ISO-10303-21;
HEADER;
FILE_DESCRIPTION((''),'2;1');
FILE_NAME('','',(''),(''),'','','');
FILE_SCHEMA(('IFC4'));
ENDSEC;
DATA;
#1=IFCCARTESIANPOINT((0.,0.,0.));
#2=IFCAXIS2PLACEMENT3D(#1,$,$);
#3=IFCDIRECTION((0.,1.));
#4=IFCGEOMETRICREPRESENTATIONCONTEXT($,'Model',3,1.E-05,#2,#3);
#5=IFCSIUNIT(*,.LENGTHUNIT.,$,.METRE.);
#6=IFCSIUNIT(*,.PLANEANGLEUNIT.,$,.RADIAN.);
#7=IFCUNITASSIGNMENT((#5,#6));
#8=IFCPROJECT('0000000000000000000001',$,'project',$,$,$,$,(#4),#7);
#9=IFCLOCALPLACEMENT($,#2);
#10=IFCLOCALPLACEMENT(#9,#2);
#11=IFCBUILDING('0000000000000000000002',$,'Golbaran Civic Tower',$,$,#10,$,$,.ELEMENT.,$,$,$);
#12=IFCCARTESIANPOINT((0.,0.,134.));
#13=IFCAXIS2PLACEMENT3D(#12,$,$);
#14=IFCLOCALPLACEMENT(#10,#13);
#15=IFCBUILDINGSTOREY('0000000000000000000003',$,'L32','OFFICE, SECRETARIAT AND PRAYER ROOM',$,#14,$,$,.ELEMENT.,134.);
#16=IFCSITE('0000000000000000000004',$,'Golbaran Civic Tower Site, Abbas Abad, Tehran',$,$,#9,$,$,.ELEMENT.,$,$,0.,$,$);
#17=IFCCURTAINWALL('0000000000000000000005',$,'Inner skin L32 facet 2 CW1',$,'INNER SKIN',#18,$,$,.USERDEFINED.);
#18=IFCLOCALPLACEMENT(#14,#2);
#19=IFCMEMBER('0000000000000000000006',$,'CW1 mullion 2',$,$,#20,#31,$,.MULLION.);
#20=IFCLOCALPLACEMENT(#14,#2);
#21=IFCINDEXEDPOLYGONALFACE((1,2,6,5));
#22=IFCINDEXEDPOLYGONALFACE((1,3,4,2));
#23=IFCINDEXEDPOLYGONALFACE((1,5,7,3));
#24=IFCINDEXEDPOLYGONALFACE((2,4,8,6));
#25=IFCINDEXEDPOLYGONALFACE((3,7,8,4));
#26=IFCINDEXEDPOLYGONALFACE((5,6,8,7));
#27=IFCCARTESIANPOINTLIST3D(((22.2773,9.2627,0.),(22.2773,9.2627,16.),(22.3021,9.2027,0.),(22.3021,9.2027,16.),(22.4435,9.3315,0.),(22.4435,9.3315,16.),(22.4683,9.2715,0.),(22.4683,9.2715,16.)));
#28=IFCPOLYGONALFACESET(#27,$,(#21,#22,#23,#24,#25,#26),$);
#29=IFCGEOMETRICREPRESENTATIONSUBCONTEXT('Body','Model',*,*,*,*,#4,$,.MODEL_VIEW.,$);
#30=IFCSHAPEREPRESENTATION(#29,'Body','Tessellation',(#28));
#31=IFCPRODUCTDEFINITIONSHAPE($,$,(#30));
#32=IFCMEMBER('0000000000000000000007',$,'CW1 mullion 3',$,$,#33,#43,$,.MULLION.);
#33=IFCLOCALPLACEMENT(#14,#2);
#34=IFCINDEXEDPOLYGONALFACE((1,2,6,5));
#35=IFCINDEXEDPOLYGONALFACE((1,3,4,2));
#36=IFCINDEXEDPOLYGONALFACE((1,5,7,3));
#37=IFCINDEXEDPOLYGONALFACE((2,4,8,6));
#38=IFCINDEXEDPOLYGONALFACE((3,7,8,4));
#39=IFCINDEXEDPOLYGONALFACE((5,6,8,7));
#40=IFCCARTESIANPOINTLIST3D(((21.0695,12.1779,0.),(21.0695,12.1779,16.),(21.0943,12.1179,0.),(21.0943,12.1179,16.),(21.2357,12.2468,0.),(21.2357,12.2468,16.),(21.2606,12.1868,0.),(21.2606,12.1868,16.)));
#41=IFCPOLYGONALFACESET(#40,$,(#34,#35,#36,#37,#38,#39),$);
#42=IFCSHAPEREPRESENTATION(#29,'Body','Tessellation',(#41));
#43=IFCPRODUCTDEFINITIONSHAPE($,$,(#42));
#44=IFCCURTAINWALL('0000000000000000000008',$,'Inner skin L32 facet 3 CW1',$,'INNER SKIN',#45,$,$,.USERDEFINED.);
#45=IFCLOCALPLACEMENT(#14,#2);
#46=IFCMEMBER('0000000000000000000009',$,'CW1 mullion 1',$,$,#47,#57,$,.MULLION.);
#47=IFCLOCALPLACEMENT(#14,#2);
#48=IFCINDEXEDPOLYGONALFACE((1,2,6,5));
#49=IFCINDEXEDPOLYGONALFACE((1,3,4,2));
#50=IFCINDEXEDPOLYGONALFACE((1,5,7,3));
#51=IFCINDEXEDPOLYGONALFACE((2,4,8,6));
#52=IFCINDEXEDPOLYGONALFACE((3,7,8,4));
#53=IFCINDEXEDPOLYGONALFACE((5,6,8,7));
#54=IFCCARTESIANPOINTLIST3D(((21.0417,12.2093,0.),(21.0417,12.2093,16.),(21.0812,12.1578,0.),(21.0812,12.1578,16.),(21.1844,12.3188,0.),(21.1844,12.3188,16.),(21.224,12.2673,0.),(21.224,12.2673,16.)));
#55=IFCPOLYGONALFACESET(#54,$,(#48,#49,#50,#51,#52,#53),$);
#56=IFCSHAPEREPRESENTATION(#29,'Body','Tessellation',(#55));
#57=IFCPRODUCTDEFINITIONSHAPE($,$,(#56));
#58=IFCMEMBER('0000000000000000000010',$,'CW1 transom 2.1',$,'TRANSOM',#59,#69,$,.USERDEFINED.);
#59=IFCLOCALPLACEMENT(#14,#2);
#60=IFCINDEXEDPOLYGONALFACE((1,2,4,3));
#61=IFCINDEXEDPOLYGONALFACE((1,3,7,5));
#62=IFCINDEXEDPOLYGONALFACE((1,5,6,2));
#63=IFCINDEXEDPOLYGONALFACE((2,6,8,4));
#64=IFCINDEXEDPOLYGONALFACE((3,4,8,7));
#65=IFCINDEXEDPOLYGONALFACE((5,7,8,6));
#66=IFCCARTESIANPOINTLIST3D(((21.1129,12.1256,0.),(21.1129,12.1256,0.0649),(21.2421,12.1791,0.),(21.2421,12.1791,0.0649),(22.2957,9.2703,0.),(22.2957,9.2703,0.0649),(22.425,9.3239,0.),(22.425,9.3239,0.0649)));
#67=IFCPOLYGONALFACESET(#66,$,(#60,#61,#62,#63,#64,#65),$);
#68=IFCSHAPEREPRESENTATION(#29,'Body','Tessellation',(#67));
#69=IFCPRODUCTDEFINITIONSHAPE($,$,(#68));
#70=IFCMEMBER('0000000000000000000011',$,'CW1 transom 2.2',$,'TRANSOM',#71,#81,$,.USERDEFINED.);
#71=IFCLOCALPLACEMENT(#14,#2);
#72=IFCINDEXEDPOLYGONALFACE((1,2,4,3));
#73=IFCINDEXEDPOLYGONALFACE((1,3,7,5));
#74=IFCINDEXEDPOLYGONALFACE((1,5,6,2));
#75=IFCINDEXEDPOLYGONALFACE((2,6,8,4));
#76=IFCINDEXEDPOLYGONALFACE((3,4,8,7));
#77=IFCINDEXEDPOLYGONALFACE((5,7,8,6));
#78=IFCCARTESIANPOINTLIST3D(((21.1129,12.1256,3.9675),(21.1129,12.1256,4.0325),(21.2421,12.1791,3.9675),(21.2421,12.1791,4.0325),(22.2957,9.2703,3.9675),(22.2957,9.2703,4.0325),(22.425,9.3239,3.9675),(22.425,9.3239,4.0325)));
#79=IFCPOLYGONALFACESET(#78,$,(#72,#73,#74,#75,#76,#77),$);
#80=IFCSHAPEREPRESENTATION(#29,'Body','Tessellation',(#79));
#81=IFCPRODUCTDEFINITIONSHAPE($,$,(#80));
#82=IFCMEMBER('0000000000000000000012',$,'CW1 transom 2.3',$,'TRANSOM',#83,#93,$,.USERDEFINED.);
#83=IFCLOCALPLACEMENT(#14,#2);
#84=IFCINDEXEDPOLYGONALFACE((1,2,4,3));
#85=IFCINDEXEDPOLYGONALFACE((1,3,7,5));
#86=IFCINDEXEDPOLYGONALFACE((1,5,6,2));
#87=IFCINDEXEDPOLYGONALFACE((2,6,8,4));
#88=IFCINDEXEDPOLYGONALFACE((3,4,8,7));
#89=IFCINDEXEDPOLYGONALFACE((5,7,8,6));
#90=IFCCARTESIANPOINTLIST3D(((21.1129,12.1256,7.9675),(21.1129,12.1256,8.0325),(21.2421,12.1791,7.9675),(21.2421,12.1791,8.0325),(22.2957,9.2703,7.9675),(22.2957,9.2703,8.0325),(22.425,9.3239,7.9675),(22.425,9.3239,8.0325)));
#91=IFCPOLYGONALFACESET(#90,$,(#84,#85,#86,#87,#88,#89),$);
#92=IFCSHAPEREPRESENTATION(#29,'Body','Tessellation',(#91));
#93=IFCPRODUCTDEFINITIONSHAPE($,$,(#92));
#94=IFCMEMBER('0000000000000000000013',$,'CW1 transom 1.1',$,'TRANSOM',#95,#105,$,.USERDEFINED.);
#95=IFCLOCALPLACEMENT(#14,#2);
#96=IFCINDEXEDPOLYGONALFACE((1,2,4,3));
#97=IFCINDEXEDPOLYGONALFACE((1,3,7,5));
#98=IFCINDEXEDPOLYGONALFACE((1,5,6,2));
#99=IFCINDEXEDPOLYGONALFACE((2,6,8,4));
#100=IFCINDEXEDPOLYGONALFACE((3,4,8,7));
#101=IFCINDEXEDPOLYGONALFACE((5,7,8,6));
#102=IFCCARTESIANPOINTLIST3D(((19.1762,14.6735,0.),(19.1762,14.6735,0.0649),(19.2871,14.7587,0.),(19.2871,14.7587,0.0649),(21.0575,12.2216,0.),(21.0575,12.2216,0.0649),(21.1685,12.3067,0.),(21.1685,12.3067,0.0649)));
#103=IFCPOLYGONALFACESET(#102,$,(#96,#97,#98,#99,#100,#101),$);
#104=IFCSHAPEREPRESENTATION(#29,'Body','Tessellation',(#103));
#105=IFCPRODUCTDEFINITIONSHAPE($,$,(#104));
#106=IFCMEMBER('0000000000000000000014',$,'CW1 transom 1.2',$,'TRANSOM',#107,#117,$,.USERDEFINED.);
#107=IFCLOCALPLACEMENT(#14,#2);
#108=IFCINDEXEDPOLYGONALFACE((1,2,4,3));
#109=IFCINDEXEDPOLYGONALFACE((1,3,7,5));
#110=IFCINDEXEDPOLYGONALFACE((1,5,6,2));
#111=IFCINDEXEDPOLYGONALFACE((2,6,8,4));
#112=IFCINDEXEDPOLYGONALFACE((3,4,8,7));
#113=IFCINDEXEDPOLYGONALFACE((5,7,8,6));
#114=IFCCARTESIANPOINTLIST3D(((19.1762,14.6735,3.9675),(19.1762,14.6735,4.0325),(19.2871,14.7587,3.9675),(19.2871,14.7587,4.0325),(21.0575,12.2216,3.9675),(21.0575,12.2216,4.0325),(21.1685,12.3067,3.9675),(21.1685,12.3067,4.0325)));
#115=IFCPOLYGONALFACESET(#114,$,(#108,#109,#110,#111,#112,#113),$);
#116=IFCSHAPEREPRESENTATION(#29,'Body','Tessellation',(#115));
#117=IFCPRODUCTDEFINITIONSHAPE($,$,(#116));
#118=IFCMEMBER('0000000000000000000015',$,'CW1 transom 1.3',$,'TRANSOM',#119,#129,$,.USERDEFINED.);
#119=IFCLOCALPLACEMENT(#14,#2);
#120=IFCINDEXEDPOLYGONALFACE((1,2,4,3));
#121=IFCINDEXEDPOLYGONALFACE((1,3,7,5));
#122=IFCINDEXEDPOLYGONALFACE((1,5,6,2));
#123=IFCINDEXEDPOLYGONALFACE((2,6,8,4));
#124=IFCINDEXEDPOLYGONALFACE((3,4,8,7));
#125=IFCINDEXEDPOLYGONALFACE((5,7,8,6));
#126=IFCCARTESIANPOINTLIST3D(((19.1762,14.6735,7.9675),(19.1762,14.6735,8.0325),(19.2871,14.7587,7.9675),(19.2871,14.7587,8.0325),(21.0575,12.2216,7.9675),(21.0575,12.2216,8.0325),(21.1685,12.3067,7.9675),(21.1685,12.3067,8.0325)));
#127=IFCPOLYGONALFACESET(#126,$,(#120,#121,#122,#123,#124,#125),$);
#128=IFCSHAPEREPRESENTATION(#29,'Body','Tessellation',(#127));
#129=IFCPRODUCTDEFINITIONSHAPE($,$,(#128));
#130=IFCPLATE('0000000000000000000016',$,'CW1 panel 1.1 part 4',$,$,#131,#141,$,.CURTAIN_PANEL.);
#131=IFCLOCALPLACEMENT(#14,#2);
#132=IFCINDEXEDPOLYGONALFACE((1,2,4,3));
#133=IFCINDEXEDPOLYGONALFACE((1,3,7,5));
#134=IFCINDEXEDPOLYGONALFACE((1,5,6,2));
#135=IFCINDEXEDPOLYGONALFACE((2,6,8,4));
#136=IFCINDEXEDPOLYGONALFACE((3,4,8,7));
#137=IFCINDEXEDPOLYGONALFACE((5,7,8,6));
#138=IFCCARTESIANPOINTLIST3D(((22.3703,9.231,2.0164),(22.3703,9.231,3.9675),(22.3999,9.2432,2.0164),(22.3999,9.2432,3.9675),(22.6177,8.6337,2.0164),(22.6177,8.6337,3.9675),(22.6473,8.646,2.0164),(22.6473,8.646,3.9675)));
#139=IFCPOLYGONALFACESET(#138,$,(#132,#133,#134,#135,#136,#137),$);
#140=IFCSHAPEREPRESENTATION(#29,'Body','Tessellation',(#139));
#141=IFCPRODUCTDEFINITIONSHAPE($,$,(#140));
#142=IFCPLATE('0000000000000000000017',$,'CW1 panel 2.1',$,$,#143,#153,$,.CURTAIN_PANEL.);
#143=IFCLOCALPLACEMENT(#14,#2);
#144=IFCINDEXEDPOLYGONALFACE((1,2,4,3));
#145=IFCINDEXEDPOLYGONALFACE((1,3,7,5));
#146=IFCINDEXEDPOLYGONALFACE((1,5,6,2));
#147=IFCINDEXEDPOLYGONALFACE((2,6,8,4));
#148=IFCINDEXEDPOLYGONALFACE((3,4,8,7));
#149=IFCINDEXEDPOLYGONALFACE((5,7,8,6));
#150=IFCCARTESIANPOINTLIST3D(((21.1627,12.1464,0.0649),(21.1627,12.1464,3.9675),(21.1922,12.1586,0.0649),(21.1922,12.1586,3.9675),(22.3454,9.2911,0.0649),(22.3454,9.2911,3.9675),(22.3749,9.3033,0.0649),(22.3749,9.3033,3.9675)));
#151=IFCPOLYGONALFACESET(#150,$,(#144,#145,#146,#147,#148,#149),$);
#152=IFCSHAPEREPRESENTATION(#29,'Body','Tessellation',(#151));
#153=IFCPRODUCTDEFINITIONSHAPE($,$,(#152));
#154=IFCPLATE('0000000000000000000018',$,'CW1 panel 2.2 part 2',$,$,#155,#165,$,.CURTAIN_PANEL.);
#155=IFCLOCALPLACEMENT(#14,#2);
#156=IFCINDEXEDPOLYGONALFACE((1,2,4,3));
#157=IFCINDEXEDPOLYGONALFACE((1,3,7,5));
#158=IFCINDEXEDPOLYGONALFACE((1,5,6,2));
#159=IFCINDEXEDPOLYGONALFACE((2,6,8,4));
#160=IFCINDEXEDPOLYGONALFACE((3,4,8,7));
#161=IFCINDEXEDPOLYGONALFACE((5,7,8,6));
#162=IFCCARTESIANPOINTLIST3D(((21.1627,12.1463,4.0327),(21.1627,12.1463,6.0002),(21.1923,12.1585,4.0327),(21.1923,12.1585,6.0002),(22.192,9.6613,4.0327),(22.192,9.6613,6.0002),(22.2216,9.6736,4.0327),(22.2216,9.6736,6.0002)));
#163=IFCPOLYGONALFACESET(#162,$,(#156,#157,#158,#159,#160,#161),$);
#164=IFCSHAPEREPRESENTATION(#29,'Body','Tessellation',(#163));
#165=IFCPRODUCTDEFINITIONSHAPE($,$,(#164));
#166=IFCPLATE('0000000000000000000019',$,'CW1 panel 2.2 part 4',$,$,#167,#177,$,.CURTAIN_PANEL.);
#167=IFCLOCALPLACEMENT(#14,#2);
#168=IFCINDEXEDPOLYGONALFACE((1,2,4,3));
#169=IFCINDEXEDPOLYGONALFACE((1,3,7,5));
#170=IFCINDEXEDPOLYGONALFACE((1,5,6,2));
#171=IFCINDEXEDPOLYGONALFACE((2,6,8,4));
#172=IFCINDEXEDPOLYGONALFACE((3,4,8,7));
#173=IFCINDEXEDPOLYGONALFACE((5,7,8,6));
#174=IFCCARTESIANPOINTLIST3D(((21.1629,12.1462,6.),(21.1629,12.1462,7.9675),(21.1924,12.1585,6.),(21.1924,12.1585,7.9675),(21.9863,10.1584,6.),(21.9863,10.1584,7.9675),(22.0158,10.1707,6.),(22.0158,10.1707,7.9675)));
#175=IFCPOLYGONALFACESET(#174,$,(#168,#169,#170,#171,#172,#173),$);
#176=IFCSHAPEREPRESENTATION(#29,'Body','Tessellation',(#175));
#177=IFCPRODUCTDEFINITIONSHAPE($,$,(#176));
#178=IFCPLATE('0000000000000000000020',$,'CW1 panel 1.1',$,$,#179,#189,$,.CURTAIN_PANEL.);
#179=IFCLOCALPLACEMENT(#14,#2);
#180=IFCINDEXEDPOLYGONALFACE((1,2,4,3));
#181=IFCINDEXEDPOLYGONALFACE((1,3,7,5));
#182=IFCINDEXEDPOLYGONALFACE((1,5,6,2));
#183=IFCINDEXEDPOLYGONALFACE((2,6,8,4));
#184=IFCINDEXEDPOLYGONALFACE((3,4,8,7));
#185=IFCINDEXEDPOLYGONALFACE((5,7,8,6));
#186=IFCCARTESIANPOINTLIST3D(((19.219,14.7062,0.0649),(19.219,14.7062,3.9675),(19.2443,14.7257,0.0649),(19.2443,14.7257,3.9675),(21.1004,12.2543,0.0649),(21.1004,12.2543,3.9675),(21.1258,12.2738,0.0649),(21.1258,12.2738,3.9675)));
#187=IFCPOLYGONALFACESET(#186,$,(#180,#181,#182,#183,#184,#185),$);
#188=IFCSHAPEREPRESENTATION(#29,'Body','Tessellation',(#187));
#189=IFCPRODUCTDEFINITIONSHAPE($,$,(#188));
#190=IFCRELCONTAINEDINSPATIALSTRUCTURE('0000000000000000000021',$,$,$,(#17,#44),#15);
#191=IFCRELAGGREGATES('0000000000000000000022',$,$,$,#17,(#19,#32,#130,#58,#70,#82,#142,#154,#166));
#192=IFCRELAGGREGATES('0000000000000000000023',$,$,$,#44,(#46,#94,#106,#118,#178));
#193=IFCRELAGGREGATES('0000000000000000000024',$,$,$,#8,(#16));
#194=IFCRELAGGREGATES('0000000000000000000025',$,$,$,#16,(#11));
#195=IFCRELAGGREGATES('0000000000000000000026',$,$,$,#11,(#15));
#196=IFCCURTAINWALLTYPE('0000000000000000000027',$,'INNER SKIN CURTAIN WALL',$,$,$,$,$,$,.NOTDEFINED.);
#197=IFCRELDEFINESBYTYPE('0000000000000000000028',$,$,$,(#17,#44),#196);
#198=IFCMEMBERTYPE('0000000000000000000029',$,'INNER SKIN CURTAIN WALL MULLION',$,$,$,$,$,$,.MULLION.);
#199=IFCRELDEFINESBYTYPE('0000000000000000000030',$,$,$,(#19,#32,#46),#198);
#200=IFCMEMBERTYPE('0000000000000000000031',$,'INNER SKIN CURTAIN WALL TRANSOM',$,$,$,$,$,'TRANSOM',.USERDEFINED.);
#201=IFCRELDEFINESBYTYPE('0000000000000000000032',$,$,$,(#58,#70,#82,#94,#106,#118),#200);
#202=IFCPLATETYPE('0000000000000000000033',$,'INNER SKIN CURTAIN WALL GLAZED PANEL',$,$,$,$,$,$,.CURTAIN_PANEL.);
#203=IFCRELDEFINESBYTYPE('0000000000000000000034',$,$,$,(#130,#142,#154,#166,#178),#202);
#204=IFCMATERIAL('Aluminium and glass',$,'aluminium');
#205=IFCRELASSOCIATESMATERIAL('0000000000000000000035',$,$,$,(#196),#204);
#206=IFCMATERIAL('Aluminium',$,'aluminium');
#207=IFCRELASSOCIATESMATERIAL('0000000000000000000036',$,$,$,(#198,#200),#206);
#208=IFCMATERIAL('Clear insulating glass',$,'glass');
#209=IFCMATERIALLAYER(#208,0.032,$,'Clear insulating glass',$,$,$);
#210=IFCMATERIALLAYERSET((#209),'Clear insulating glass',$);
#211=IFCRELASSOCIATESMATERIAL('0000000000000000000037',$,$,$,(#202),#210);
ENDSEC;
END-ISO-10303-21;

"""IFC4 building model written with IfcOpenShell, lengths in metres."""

from ifc_helpers import new_model, si_unit, direction, frame, origin, origin_2d, place, context, subcontext, project, spatial, rectangle, extrude, material, layer, layer_set, material_profile, profile_set, type_object, element, aggregate, save


model = new_model("IFC4")

# Units and contexts
model_context = context("Model", 3, precision=1e-05, world=origin(), true_north=direction((0.0, 1.0)))
body_context = subcontext(model_context, "Body", "Model", "MODEL_VIEW")
ifc_project = project(units=[si_unit("LENGTHUNIT", "METRE"), si_unit("PLANEANGLEUNIT", "RADIAN")], contexts=[model_context])

# Site, building, storey
site_placement = place(None, origin())
site = spatial("IfcSite", under=ifc_project, at=site_placement, Name="Golbaran Civic Tower Site, Abbas Abad, Tehran", CompositionType="ELEMENT", RefElevation=0.0)
building_placement = place(site_placement, origin())
building = spatial("IfcBuilding", under=site, at=building_placement, Name="Golbaran Civic Tower", CompositionType="ELEMENT")
storey_placement = place(building_placement, frame((0.0, 0.0, 134.0)))
storey = spatial("IfcBuildingStorey", under=building, at=storey_placement, Name="L32", Description="OFFICE, SECRETARIAT AND PRAYER ROOM", CompositionType="ELEMENT", Elevation=134.0)

# Curtain wall, members
ifc_material_1 = material(Name="Aluminium and glass", Category="aluminium")
curtain_wall_type_1 = type_object("IfcCurtainWallType", Name="INNER SKIN CURTAIN WALL", PredefinedType="NOTDEFINED", material=ifc_material_1)
curtain_wall_1_placement = place(storey_placement, origin())
curtain_wall_1 = element("IfcCurtainWall", 1, at=curtain_wall_1_placement, inside=storey, type_object=curtain_wall_type_1, Name="Inner skin L32 facet 2 CW1", ObjectType="INNER SKIN", PredefinedType="USERDEFINED")
ifc_material_2 = material(Name="Aluminium", Category="aluminium")
ifc_material_profile_1 = material_profile(ifc_material_2, rectangle(XDim=0.1799, YDim=0.0649, at=origin_2d()), Name="INNER SKIN CURTAIN WALL MULLION")
ifc_profile_set_1 = profile_set([ifc_material_profile_1], Name="Aluminium")
member_type_1 = type_object("IfcMemberType", Name="INNER SKIN CURTAIN WALL MULLION", PredefinedType="MULLION", material=ifc_profile_set_1)
member_1_placement = place(storey_placement, frame((22.3728, 9.2671, 0.0), z_axis=(0.0, 0.0, 1.0), x_axis=(-0.92388, -0.382683, 0.0)))
member_1 = element("IfcMember", 2, at=member_1_placement, type_object=member_type_1, Name="CW1 mullion 2", PredefinedType="MULLION", context=body_context, shape_type="SweptSolid", body=[
    extrude(rectangle(XDim=0.1799, YDim=0.0649, at=origin_2d()), origin(), (0.0, 0.0, 1.0), 16.0),
])
member_2_placement = place(storey_placement, frame((21.165, 12.1824, 0.0), z_axis=(0.0, 0.0, 1.0), x_axis=(-0.92388, -0.382683, 0.0)))
member_2 = element("IfcMember", 3, at=member_2_placement, type_object=member_type_1, Name="CW1 mullion 3", PredefinedType="MULLION", context=body_context, shape_type="SweptSolid", body=[
    extrude(rectangle(XDim=0.1799, YDim=0.0649, at=origin_2d()), origin(), (0.0, 0.0, 1.0), 16.0),
])

# Curtain wall, member
curtain_wall_2_placement = place(storey_placement, origin())
curtain_wall_2 = element("IfcCurtainWall", 4, at=curtain_wall_2_placement, inside=storey, type_object=curtain_wall_type_1, Name="Inner skin L32 facet 3 CW1", ObjectType="INNER SKIN", PredefinedType="USERDEFINED")
member_3_placement = place(storey_placement, frame((21.1328, 12.2383, 0.0), z_axis=(0.0, 0.0, 1.0), x_axis=(-0.793353, -0.608761, 0.0)))
member_3 = element("IfcMember", 5, at=member_3_placement, type_object=member_type_1, Name="CW1 mullion 1", PredefinedType="MULLION", context=body_context, shape_type="SweptSolid", body=[
    extrude(rectangle(XDim=0.1799, YDim=0.0649, at=origin_2d()), origin(), (0.0, 0.0, 1.0), 16.0),
])

# Members
ifc_material_profile_2 = material_profile(ifc_material_2, rectangle(XDim=0.1399, YDim=0.0649, at=origin_2d()), Name="INNER SKIN CURTAIN WALL TRANSOM")
ifc_profile_set_2 = profile_set([ifc_material_profile_2], Name="Aluminium")
member_type_2 = type_object("IfcMemberType", Name="INNER SKIN CURTAIN WALL TRANSOM", ElementType="TRANSOM", PredefinedType="USERDEFINED", material=ifc_profile_set_2)
member_4_placement = place(storey_placement, frame((22.3604, 9.2971, 0.0325), z_axis=(-0.382736, 0.923858, 0.0), x_axis=(-0.923858, -0.382736, 0.0)))
member_4 = element("IfcMember", 6, at=member_4_placement, type_object=member_type_2, Name="CW1 transom 2.1", ObjectType="TRANSOM", PredefinedType="USERDEFINED", context=body_context, shape_type="SweptSolid", body=[
    extrude(rectangle(XDim=0.1399, YDim=0.0649, at=origin_2d()), origin(), (0.0, 0.0, 1.0), 3.0906),
])
member_5_placement = place(storey_placement, frame((22.3604, 9.2971, 4.0), z_axis=(-0.382736, 0.923858, 0.0), x_axis=(-0.923858, -0.382736, 0.0)))
member_5 = element("IfcMember", 7, at=member_5_placement, type_object=member_type_2, Name="CW1 transom 2.2", ObjectType="TRANSOM", PredefinedType="USERDEFINED", context=body_context, shape_type="SweptSolid", body=[
    extrude(rectangle(XDim=0.1399, YDim=0.0649, at=origin_2d()), origin(), (0.0, 0.0, 1.0), 3.0906),
])
member_6_placement = place(storey_placement, frame((22.3604, 9.2971, 8.0), z_axis=(-0.382736, 0.923858, 0.0), x_axis=(-0.923858, -0.382736, 0.0)))
member_6 = element("IfcMember", 8, at=member_6_placement, type_object=member_type_2, Name="CW1 transom 2.3", ObjectType="TRANSOM", PredefinedType="USERDEFINED", context=body_context, shape_type="SweptSolid", body=[
    extrude(rectangle(XDim=0.1399, YDim=0.0649, at=origin_2d()), origin(), (0.0, 0.0, 1.0), 3.0906),
])
member_7_placement = place(storey_placement, frame((21.113, 12.2642, 0.0325), z_axis=(-0.608748, 0.793363, 0.0), x_axis=(-0.793363, -0.608748, 0.0)))
member_7 = element("IfcMember", 9, at=member_7_placement, type_object=member_type_2, Name="CW1 transom 1.1", ObjectType="TRANSOM", PredefinedType="USERDEFINED", context=body_context, shape_type="SweptSolid", body=[
    extrude(rectangle(XDim=0.1399, YDim=0.0649, at=origin_2d()), origin(), (0.0, 0.0, 1.0), 3.0906),
])
member_8_placement = place(storey_placement, frame((21.113, 12.2642, 4.0), z_axis=(-0.608748, 0.793363, 0.0), x_axis=(-0.793363, -0.608748, 0.0)))
member_8 = element("IfcMember", 10, at=member_8_placement, type_object=member_type_2, Name="CW1 transom 1.2", ObjectType="TRANSOM", PredefinedType="USERDEFINED", context=body_context, shape_type="SweptSolid", body=[
    extrude(rectangle(XDim=0.1399, YDim=0.0649, at=origin_2d()), origin(), (0.0, 0.0, 1.0), 3.0906),
])
member_9_placement = place(storey_placement, frame((21.113, 12.2642, 8.0), z_axis=(-0.608748, 0.793363, 0.0), x_axis=(-0.793363, -0.608748, 0.0)))
member_9 = element("IfcMember", 11, at=member_9_placement, type_object=member_type_2, Name="CW1 transom 1.3", ObjectType="TRANSOM", PredefinedType="USERDEFINED", context=body_context, shape_type="SweptSolid", body=[
    extrude(rectangle(XDim=0.1399, YDim=0.0649, at=origin_2d()), origin(), (0.0, 0.0, 1.0), 3.0906),
])

# Plates
ifc_material_3 = material(Name="Clear insulating glass", Category="glass")
ifc_layer_1 = layer(ifc_material_3, 0.032, Name="Clear insulating glass")
ifc_layer_set_1 = layer_set([ifc_layer_1], Name="Clear insulating glass")
plate_type_1 = type_object("IfcPlateType", Name="INNER SKIN CURTAIN WALL GLAZED PANEL", PredefinedType="CURTAIN_PANEL", material=ifc_layer_set_1)
plate_1_placement = place(storey_placement, frame((22.5088, 8.9385, 2.0164), z_axis=(0.0, 0.0, 1.0), x_axis=(-0.382683, 0.92388, 0.0)))
plate_1 = element("IfcPlate", 12, at=plate_1_placement, type_object=plate_type_1, Name="CW1 panel 1.1 part 4", PredefinedType="CURTAIN_PANEL", context=body_context, shape_type="SweptSolid", body=[
    extrude(rectangle(XDim=0.6465, YDim=0.032, at=origin_2d()), origin(), (0.0, 0.0, 1.0), 1.9512),
])
plate_2_placement = place(storey_placement, frame((21.7688, 10.7249, 0.0649), z_axis=(0.0, 0.0, 1.0), x_axis=(-0.382683, 0.92388, 0.0)))
plate_2 = element("IfcPlate", 13, at=plate_2_placement, type_object=plate_type_1, Name="CW1 panel 2.1", PredefinedType="CURTAIN_PANEL", context=body_context, shape_type="SweptSolid", body=[
    extrude(rectangle(XDim=3.0906, YDim=0.032, at=origin_2d()), origin(), (0.0, 0.0, 1.0), 3.9026),
])
plate_3_placement = place(storey_placement, frame((21.6921, 10.9099, 4.0327), z_axis=(0.0, 0.0, 1.0), x_axis=(-0.382683, 0.92388, 0.0)))
plate_3 = element("IfcPlate", 14, at=plate_3_placement, type_object=plate_type_1, Name="CW1 panel 2.2 part 2", PredefinedType="CURTAIN_PANEL", context=body_context, shape_type="SweptSolid", body=[
    extrude(rectangle(XDim=2.6897, YDim=0.032, at=origin_2d()), origin(), (0.0, 0.0, 1.0), 1.9675),
])
plate_4_placement = place(storey_placement, frame((21.5894, 11.1584, 6.0), z_axis=(0.0, 0.0, 1.0), x_axis=(-0.382683, 0.92388, 0.0)))
plate_4 = element("IfcPlate", 15, at=plate_4_placement, type_object=plate_type_1, Name="CW1 panel 2.2 part 4", PredefinedType="CURTAIN_PANEL", context=body_context, shape_type="SweptSolid", body=[
    extrude(rectangle(XDim=2.1516, YDim=0.032, at=origin_2d()), origin(), (0.0, 0.0, 1.0), 1.9675),
])
plate_5_placement = place(storey_placement, frame((20.1724, 13.49, 0.0649), z_axis=(0.0, 0.0, 1.0), x_axis=(-0.608761, 0.793353, 0.0)))
plate_5 = element("IfcPlate", 16, at=plate_5_placement, type_object=plate_type_1, Name="CW1 panel 1.1", PredefinedType="CURTAIN_PANEL", context=body_context, shape_type="SweptSolid", body=[
    extrude(rectangle(XDim=3.0906, YDim=0.032, at=origin_2d()), origin(), (0.0, 0.0, 1.0), 3.9026),
])
aggregate(curtain_wall_1, [member_1, member_2, plate_1, member_4, member_5, member_6, plate_2, plate_3, plate_4])
aggregate(curtain_wall_2, [member_3, member_7, member_8, member_9, plate_5])

save(model, "model.ifc")
